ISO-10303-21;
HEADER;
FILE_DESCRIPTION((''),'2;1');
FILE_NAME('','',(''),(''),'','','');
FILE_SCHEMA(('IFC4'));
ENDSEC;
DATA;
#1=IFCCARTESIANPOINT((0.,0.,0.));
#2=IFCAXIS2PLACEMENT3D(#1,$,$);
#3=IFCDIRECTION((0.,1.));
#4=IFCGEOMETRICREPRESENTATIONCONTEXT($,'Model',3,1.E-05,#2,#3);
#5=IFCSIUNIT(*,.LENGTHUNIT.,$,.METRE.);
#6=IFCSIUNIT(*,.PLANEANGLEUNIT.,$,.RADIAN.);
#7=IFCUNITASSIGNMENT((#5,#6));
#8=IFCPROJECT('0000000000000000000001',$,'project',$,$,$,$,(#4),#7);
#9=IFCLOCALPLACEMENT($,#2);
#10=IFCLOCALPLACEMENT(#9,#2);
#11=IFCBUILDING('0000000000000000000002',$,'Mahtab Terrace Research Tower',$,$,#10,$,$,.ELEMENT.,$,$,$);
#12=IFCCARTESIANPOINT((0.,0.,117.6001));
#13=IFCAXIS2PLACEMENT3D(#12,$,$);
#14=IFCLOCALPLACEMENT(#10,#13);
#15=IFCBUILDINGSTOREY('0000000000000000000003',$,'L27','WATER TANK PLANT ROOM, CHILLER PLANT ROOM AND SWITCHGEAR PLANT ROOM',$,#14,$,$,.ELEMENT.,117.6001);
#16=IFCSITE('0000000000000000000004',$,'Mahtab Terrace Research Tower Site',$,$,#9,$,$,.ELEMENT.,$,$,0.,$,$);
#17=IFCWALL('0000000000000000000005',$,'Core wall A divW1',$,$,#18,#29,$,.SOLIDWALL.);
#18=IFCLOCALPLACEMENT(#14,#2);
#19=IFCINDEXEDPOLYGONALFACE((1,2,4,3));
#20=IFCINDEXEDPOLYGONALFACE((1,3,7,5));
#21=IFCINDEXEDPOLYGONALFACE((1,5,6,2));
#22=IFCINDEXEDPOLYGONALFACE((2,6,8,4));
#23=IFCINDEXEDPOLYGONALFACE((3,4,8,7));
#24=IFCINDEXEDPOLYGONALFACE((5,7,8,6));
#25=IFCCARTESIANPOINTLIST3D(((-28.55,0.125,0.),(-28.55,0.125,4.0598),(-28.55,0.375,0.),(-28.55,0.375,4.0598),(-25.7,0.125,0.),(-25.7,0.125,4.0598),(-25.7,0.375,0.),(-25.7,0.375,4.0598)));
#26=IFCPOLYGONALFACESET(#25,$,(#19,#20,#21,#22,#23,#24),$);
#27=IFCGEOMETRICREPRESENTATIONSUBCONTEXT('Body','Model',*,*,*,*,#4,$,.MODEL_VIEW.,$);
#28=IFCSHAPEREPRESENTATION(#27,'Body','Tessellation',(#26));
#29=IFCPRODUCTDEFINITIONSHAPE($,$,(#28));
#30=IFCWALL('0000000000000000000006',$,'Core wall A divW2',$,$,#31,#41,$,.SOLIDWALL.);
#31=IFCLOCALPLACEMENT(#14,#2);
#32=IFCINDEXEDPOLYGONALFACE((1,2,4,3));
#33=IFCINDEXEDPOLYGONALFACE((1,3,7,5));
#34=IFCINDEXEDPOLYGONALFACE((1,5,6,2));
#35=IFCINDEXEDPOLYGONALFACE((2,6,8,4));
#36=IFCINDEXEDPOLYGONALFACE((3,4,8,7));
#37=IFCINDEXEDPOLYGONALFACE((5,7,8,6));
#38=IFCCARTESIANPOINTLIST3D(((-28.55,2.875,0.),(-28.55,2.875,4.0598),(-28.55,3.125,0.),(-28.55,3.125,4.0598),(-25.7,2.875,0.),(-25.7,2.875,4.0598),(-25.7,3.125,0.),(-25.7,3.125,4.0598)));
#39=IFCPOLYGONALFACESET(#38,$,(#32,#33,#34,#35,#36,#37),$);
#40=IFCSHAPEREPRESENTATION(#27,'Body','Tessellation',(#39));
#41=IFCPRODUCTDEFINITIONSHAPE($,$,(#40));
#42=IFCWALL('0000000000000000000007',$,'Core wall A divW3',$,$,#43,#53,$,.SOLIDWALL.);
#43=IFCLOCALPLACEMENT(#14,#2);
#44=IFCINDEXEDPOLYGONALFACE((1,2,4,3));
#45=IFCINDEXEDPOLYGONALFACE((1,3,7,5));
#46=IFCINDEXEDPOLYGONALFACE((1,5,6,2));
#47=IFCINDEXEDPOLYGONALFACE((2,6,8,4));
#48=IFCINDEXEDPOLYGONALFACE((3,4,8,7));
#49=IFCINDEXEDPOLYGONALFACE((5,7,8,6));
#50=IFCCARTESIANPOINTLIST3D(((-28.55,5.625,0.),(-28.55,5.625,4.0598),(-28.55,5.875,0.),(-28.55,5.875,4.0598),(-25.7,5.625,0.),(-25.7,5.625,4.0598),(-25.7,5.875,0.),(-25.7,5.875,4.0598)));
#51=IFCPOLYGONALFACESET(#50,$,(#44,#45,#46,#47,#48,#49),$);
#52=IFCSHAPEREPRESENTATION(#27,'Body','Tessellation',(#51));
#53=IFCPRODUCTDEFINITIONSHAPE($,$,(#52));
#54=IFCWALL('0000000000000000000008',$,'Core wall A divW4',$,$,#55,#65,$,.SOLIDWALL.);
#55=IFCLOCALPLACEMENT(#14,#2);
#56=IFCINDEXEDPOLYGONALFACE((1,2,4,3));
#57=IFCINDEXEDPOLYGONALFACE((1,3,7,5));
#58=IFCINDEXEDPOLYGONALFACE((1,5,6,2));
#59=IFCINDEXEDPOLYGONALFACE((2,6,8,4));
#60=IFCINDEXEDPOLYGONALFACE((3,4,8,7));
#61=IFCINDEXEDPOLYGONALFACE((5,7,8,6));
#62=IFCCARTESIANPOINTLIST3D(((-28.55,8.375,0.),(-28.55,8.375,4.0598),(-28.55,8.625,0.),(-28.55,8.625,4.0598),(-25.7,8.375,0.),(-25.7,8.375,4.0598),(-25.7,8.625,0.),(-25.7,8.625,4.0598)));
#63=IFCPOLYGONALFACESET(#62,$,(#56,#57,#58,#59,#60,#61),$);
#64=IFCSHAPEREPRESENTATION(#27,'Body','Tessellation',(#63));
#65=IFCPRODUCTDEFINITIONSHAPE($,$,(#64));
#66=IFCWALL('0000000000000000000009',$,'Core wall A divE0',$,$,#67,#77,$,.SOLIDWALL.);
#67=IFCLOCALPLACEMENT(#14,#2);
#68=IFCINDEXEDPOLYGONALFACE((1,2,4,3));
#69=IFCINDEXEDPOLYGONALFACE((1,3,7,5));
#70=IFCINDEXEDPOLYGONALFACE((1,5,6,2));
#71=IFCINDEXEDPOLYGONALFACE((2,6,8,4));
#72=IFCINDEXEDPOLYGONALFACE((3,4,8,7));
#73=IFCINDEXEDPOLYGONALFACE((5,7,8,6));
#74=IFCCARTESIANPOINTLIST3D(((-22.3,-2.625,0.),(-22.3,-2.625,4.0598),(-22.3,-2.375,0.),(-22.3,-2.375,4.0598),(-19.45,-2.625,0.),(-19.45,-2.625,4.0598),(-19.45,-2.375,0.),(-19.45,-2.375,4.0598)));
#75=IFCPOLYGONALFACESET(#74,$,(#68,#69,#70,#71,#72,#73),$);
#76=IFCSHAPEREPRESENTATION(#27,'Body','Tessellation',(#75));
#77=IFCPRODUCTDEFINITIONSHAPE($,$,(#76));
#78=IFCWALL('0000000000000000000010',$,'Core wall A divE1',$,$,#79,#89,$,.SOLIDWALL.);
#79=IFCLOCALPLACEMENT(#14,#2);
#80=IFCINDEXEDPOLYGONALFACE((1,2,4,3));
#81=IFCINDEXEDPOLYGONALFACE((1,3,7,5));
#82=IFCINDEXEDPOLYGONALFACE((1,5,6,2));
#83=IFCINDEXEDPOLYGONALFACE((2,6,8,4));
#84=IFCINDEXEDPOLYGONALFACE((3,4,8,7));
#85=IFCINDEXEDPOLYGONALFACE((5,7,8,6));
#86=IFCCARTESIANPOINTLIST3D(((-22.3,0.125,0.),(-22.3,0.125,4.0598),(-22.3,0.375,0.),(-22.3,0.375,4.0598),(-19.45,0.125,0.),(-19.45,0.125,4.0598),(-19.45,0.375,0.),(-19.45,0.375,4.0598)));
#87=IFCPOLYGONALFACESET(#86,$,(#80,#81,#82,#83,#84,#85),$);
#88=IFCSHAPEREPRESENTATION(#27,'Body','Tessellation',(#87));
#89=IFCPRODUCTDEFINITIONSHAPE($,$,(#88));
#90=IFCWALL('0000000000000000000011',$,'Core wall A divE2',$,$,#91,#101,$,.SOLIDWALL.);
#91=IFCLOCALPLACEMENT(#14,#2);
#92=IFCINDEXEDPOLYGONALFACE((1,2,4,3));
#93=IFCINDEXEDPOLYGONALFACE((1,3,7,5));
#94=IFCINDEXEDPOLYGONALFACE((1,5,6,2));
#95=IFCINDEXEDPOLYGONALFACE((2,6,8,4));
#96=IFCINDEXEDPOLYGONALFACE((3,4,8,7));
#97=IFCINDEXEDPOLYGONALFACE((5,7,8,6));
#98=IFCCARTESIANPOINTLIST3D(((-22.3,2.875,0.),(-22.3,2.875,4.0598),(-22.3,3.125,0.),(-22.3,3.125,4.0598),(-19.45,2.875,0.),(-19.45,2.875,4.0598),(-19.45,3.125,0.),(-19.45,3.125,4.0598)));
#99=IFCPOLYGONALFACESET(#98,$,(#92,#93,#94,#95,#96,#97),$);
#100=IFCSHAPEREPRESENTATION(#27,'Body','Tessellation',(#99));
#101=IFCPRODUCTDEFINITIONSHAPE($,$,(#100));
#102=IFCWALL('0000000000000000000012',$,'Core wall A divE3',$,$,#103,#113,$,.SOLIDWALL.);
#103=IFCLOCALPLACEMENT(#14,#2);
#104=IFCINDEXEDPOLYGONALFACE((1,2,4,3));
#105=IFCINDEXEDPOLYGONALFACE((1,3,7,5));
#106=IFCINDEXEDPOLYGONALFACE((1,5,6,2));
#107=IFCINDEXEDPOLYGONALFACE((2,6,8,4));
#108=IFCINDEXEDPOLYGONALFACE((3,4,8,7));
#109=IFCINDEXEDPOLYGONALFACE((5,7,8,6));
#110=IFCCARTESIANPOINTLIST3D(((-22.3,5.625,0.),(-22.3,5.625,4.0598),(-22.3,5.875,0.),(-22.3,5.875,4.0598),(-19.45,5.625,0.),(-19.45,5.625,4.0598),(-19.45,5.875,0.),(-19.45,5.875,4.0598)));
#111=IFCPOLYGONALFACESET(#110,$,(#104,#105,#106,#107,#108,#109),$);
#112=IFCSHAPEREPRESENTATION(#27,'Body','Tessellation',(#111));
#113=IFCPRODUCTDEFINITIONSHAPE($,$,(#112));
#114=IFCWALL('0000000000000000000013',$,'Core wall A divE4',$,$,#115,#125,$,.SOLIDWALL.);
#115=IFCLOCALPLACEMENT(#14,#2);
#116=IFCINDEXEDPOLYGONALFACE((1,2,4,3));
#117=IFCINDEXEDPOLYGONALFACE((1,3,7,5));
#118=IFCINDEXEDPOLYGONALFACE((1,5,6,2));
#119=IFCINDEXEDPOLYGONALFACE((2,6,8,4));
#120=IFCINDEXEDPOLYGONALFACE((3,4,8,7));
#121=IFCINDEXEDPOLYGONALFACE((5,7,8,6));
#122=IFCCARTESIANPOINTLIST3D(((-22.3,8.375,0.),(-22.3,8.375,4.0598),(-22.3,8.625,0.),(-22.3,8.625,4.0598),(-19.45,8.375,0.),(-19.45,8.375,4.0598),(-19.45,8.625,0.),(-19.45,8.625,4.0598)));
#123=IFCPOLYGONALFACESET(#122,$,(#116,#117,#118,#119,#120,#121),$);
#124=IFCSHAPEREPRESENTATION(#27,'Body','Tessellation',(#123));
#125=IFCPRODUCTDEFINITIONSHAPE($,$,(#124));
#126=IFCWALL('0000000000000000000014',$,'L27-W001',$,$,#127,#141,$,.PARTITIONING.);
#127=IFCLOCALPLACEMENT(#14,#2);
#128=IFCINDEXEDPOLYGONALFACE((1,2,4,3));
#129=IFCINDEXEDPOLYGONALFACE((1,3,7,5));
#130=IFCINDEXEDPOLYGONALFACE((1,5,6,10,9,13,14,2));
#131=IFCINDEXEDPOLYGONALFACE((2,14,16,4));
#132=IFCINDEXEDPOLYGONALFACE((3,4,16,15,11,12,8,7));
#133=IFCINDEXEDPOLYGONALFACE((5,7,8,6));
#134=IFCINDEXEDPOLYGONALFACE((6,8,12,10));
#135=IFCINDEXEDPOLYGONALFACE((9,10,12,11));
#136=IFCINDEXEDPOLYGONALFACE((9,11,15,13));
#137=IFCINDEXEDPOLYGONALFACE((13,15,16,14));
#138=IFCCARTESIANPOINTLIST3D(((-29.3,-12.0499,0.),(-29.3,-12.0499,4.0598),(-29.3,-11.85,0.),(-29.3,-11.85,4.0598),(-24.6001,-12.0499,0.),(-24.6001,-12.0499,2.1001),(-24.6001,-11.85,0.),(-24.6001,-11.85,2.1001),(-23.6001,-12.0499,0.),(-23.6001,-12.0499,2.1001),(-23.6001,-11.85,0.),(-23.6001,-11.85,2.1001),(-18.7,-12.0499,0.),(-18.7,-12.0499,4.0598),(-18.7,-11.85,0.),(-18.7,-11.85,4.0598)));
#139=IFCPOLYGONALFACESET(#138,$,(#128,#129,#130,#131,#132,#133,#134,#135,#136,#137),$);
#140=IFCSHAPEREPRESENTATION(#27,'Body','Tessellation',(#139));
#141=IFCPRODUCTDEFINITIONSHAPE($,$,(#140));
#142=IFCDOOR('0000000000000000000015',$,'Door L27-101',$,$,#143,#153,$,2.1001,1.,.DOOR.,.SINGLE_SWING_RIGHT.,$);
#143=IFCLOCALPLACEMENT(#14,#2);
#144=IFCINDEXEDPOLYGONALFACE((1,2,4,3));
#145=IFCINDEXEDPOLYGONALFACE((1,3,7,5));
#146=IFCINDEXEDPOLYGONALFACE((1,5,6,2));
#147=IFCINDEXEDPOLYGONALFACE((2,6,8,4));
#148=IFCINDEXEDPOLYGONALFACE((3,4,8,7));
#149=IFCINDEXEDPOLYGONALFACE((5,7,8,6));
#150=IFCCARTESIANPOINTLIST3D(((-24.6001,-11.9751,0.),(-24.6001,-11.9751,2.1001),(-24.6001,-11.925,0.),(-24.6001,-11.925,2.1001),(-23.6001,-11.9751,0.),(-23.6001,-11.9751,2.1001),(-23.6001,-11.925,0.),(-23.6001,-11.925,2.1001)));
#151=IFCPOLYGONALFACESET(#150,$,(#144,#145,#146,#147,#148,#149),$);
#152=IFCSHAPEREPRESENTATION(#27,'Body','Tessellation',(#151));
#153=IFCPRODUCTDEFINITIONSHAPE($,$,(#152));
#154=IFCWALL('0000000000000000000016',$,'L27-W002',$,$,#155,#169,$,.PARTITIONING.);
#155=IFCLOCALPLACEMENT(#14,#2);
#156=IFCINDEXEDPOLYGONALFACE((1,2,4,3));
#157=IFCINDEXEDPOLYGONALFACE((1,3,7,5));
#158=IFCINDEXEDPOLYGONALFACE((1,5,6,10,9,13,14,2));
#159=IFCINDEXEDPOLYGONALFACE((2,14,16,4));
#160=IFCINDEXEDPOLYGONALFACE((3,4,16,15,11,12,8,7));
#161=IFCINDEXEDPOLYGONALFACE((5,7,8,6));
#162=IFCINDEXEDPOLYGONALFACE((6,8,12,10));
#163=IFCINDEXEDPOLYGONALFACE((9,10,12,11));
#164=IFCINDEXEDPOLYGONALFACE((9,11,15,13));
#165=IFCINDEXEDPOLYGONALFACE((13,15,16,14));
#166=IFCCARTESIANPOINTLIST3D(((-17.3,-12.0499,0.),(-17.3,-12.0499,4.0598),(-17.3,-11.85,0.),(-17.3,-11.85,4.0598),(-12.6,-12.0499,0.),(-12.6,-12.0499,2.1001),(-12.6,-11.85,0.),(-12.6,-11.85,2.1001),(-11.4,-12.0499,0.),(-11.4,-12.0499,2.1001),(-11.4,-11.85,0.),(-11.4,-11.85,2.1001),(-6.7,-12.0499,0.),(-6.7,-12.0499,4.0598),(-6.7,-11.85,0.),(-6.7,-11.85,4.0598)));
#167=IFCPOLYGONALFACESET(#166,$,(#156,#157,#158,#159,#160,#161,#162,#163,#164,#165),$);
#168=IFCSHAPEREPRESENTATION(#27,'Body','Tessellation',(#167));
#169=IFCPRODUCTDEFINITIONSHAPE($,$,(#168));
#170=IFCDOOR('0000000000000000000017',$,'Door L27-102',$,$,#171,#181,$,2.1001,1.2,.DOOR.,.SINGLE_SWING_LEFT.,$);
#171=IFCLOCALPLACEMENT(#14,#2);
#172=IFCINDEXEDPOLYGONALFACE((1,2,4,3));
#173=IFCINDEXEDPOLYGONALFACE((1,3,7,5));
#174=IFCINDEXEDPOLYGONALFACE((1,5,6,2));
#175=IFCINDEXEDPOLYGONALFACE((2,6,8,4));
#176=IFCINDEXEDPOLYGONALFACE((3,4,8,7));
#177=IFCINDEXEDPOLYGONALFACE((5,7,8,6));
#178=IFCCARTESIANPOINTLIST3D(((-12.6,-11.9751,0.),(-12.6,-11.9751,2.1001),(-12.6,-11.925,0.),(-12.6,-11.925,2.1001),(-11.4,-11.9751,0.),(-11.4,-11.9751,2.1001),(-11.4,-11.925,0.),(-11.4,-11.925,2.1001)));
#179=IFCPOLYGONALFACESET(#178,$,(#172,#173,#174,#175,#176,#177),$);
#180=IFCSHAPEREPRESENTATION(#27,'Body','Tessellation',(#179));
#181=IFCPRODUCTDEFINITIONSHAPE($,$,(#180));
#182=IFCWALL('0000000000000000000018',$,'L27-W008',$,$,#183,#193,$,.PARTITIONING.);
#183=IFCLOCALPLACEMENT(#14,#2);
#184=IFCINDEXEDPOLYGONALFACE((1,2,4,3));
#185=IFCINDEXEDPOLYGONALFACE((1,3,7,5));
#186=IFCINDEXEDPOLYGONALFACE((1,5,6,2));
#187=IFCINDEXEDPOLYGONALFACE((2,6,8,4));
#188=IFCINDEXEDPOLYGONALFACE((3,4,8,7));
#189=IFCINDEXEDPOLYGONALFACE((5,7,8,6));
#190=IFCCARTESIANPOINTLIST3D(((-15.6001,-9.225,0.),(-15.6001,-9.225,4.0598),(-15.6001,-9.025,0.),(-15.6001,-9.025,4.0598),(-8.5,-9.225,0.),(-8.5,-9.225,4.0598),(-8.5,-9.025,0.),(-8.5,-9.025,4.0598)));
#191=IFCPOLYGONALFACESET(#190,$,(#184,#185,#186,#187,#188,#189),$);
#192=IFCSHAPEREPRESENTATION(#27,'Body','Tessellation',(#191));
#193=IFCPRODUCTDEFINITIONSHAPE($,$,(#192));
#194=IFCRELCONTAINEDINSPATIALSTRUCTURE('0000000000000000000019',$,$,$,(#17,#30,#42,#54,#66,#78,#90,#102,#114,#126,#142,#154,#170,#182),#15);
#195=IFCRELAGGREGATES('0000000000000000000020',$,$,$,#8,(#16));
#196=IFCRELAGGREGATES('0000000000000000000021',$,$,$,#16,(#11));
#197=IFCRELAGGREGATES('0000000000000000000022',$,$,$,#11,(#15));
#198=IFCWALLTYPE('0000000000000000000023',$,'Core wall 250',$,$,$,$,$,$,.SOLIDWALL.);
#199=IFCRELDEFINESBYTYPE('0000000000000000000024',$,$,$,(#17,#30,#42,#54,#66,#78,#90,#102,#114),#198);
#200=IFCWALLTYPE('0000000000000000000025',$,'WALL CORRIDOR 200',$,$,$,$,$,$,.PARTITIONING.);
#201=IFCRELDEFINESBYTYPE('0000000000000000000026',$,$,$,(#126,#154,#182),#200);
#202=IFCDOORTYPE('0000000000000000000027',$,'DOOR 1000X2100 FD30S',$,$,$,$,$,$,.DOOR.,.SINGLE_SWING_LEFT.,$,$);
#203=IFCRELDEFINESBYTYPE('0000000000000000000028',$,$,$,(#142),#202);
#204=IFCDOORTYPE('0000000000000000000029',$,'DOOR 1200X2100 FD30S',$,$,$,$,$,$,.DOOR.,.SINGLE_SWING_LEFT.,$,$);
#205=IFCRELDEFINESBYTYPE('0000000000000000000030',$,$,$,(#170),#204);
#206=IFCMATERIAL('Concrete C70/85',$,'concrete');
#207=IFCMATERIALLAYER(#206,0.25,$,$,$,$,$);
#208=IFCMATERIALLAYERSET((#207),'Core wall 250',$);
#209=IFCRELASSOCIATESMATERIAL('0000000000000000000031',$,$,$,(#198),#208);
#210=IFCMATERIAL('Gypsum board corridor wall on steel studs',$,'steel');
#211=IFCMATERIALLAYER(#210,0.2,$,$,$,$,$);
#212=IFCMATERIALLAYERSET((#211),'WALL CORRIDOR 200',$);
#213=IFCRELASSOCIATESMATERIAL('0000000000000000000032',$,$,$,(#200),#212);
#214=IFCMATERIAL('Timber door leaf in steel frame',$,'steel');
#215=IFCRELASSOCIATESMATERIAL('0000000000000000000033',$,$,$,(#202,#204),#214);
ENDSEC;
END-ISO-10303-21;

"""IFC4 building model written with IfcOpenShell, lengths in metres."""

from ifc_helpers import new_model, si_unit, direction, frame, frame_2d, origin, place, context, subcontext, project, spatial, rectangle, extrude, material, layer, layer_set, type_object, element, fill, save


model = new_model("IFC4")

# Units and contexts
model_context = context("Model", 3, precision=1e-05, world=origin(), true_north=direction((0.0, 1.0)))
body_context = subcontext(model_context, "Body", "Model", "MODEL_VIEW")
ifc_project = project(units=[si_unit("LENGTHUNIT", "METRE"), si_unit("PLANEANGLEUNIT", "RADIAN")], contexts=[model_context])

# Site, building, storey
site_placement = place(None, origin())
site = spatial("IfcSite", under=ifc_project, at=site_placement, Name="Mahtab Terrace Research Tower Site", CompositionType="ELEMENT", RefElevation=0.0)
building_placement = place(site_placement, origin())
building = spatial("IfcBuilding", under=site, at=building_placement, Name="Mahtab Terrace Research Tower", CompositionType="ELEMENT")
storey_placement = place(building_placement, frame((0.0, 0.0, 117.6001)))
storey = spatial("IfcBuildingStorey", under=building, at=storey_placement, Name="L27", Description="WATER TANK PLANT ROOM, CHILLER PLANT ROOM AND SWITCHGEAR PLANT ROOM", CompositionType="ELEMENT", Elevation=117.6001)

# Shared definitions
ifc_material_1 = material(Name="Concrete C70/85", Category="concrete")

# Shared definitions
ifc_layer_1 = layer(ifc_material_1, 0.25)
ifc_layer_set_1 = layer_set([ifc_layer_1], Name="Core wall 250")
wall_type_1 = type_object("IfcWallType", Name="Core wall 250", PredefinedType="SOLIDWALL", material=ifc_layer_set_1)

# Walls
for number, where, z_axis, x_axis, name in (
    (1, (-28.55, 0.25, 0.0), (0.0, 0.0, 1.0), (1.0, 0.0, 0.0), "Core wall A divW1"),
    (2, (-28.55, 3.0, 0.0), (0.0, 0.0, 1.0), (1.0, 0.0, 0.0), "Core wall A divW2"),
    (3, (-28.55, 5.75, 0.0), (0.0, 0.0, 1.0), (1.0, 0.0, 0.0), "Core wall A divW3"),
    (4, (-28.55, 8.5, 0.0), (0.0, 0.0, 1.0), (1.0, 0.0, 0.0), "Core wall A divW4"),
    (5, (-22.3, -2.5, 0.0), (0.0, 0.0, 1.0), (1.0, 0.0, 0.0), "Core wall A divE0"),
    (6, (-22.3, 0.25, 0.0), (0.0, 0.0, 1.0), (1.0, 0.0, 0.0), "Core wall A divE1"),
    (7, (-22.3, 3.0, 0.0), (0.0, 0.0, 1.0), (1.0, 0.0, 0.0), "Core wall A divE2"),
    (8, (-22.3, 5.75, 0.0), (0.0, 0.0, 1.0), (1.0, 0.0, 0.0), "Core wall A divE3"),
    (9, (-22.3, 8.5, 0.0), (0.0, 0.0, 1.0), (1.0, 0.0, 0.0), "Core wall A divE4"),
):
    element("IfcWall", number, at=place(storey_placement, frame(where, z_axis=z_axis, x_axis=x_axis)), inside=storey, type_object=wall_type_1, Name=name, PredefinedType="SOLIDWALL", context=body_context, shape_type="SweptSolid", body=[
        extrude(rectangle(XDim=2.8501, YDim=0.25, at=frame_2d((1.425, 0.0))), origin(), (0.0, 0.0, 1.0), 4.0598),
    ])

# Walls, openings, doors
ifc_material_2 = material(Name="Gypsum board corridor wall on steel studs", Category="steel")
ifc_layer_2 = layer(ifc_material_2, 0.2)
ifc_layer_set_2 = layer_set([ifc_layer_2], Name="WALL CORRIDOR 200")
wall_type_2 = type_object("IfcWallType", Name="WALL CORRIDOR 200", PredefinedType="PARTITIONING", material=ifc_layer_set_2)
wall_1_placement = place(storey_placement, frame((-29.3, -11.95, 0.0), z_axis=(0.0, 0.0, 1.0), x_axis=(1.0, 0.0, 0.0)))
wall_1 = element("IfcWall", 10, at=wall_1_placement, inside=storey, type_object=wall_type_2, Name="L27-W001", PredefinedType="PARTITIONING", context=body_context, shape_type="SweptSolid", body=[
    extrude(rectangle(XDim=10.6001, YDim=0.2, at=frame_2d((5.3, 0.0))), origin(), (0.0, 0.0, 1.0), 4.0598),
])
opening_1_placement = place(wall_1_placement, frame((4.7, 0.0, 0.0)))
opening_1 = element("IfcOpeningElement", 11, at=opening_1_placement, cuts=wall_1, PredefinedType="OPENING", context=body_context, shape_type="SweptSolid", body=[
    extrude(rectangle(XDim=1.0, YDim=2.1001, at=frame_2d((0.5, 1.05))), frame((0.0, 0.1099, 0.0), z_axis=(0.0, -1.0, 0.0), x_axis=(1.0, 0.0, 0.0)), (0.0, 0.0, 1.0), 0.22),
])
ifc_material_3 = material(Name="Timber door leaf in steel frame", Category="steel")
door_type_1 = type_object("IfcDoorType", Name="DOOR 1000X2100 FD30S", OperationType="SINGLE_SWING_LEFT", PredefinedType="DOOR", material=ifc_material_3)
door_1_placement = place(opening_1_placement, origin())
door_1 = element("IfcDoor", 12, at=door_1_placement, inside=storey, type_object=door_type_1, Name="Door L27-101", OperationType="SINGLE_SWING_RIGHT", OverallHeight=2.1001, OverallWidth=1.0, PredefinedType="DOOR", context=body_context, shape_type="SweptSolid", body=[
    extrude(rectangle(XDim=1.0, YDim=2.1001, at=frame_2d((0.5, 1.05))), frame((0.0, 0.0249, 0.0), z_axis=(0.0, -1.0, 0.0), x_axis=(1.0, 0.0, 0.0)), (0.0, 0.0, 1.0), 0.05),
])
fill(opening_1, door_1)
wall_2_placement = place(storey_placement, frame((-17.3, -11.95, 0.0), z_axis=(0.0, 0.0, 1.0), x_axis=(1.0, 0.0, 0.0)))
wall_2 = element("IfcWall", 13, at=wall_2_placement, inside=storey, type_object=wall_type_2, Name="L27-W002", PredefinedType="PARTITIONING", context=body_context, shape_type="SweptSolid", body=[
    extrude(rectangle(XDim=10.6001, YDim=0.2, at=frame_2d((5.3, 0.0))), origin(), (0.0, 0.0, 1.0), 4.0598),
])
opening_2_placement = place(wall_2_placement, frame((4.7, 0.0, 0.0)))
opening_2 = element("IfcOpeningElement", 14, at=opening_2_placement, cuts=wall_2, PredefinedType="OPENING", context=body_context, shape_type="SweptSolid", body=[
    extrude(rectangle(XDim=1.2, YDim=2.1001, at=frame_2d((0.6001, 1.05))), frame((0.0, 0.1099, 0.0), z_axis=(0.0, -1.0, 0.0), x_axis=(1.0, 0.0, 0.0)), (0.0, 0.0, 1.0), 0.22),
])
door_type_2 = type_object("IfcDoorType", Name="DOOR 1200X2100 FD30S", OperationType="SINGLE_SWING_LEFT", PredefinedType="DOOR", material=ifc_material_3)
door_2_placement = place(opening_2_placement, origin())
door_2 = element("IfcDoor", 15, at=door_2_placement, inside=storey, type_object=door_type_2, Name="Door L27-102", OperationType="SINGLE_SWING_LEFT", OverallHeight=2.1001, OverallWidth=1.2, PredefinedType="DOOR", context=body_context, shape_type="SweptSolid", body=[
    extrude(rectangle(XDim=1.2, YDim=2.1001, at=frame_2d((0.6001, 1.05))), frame((0.0, 0.0249, 0.0), z_axis=(0.0, -1.0, 0.0), x_axis=(1.0, 0.0, 0.0)), (0.0, 0.0, 1.0), 0.05),
])
fill(opening_2, door_2)

# Wall
wall_3_placement = place(storey_placement, frame((-15.6001, -9.125, 0.0), z_axis=(0.0, 0.0, 1.0), x_axis=(1.0, 0.0, 0.0)))
element("IfcWall", 16, at=wall_3_placement, inside=storey, type_object=wall_type_2, Name="L27-W008", PredefinedType="PARTITIONING", context=body_context, shape_type="SweptSolid", body=[
    extrude(rectangle(XDim=7.1001, YDim=0.2, at=frame_2d((3.55, 0.0))), origin(), (0.0, 0.0, 1.0), 4.0598),
])

save(model, "model.ifc")
